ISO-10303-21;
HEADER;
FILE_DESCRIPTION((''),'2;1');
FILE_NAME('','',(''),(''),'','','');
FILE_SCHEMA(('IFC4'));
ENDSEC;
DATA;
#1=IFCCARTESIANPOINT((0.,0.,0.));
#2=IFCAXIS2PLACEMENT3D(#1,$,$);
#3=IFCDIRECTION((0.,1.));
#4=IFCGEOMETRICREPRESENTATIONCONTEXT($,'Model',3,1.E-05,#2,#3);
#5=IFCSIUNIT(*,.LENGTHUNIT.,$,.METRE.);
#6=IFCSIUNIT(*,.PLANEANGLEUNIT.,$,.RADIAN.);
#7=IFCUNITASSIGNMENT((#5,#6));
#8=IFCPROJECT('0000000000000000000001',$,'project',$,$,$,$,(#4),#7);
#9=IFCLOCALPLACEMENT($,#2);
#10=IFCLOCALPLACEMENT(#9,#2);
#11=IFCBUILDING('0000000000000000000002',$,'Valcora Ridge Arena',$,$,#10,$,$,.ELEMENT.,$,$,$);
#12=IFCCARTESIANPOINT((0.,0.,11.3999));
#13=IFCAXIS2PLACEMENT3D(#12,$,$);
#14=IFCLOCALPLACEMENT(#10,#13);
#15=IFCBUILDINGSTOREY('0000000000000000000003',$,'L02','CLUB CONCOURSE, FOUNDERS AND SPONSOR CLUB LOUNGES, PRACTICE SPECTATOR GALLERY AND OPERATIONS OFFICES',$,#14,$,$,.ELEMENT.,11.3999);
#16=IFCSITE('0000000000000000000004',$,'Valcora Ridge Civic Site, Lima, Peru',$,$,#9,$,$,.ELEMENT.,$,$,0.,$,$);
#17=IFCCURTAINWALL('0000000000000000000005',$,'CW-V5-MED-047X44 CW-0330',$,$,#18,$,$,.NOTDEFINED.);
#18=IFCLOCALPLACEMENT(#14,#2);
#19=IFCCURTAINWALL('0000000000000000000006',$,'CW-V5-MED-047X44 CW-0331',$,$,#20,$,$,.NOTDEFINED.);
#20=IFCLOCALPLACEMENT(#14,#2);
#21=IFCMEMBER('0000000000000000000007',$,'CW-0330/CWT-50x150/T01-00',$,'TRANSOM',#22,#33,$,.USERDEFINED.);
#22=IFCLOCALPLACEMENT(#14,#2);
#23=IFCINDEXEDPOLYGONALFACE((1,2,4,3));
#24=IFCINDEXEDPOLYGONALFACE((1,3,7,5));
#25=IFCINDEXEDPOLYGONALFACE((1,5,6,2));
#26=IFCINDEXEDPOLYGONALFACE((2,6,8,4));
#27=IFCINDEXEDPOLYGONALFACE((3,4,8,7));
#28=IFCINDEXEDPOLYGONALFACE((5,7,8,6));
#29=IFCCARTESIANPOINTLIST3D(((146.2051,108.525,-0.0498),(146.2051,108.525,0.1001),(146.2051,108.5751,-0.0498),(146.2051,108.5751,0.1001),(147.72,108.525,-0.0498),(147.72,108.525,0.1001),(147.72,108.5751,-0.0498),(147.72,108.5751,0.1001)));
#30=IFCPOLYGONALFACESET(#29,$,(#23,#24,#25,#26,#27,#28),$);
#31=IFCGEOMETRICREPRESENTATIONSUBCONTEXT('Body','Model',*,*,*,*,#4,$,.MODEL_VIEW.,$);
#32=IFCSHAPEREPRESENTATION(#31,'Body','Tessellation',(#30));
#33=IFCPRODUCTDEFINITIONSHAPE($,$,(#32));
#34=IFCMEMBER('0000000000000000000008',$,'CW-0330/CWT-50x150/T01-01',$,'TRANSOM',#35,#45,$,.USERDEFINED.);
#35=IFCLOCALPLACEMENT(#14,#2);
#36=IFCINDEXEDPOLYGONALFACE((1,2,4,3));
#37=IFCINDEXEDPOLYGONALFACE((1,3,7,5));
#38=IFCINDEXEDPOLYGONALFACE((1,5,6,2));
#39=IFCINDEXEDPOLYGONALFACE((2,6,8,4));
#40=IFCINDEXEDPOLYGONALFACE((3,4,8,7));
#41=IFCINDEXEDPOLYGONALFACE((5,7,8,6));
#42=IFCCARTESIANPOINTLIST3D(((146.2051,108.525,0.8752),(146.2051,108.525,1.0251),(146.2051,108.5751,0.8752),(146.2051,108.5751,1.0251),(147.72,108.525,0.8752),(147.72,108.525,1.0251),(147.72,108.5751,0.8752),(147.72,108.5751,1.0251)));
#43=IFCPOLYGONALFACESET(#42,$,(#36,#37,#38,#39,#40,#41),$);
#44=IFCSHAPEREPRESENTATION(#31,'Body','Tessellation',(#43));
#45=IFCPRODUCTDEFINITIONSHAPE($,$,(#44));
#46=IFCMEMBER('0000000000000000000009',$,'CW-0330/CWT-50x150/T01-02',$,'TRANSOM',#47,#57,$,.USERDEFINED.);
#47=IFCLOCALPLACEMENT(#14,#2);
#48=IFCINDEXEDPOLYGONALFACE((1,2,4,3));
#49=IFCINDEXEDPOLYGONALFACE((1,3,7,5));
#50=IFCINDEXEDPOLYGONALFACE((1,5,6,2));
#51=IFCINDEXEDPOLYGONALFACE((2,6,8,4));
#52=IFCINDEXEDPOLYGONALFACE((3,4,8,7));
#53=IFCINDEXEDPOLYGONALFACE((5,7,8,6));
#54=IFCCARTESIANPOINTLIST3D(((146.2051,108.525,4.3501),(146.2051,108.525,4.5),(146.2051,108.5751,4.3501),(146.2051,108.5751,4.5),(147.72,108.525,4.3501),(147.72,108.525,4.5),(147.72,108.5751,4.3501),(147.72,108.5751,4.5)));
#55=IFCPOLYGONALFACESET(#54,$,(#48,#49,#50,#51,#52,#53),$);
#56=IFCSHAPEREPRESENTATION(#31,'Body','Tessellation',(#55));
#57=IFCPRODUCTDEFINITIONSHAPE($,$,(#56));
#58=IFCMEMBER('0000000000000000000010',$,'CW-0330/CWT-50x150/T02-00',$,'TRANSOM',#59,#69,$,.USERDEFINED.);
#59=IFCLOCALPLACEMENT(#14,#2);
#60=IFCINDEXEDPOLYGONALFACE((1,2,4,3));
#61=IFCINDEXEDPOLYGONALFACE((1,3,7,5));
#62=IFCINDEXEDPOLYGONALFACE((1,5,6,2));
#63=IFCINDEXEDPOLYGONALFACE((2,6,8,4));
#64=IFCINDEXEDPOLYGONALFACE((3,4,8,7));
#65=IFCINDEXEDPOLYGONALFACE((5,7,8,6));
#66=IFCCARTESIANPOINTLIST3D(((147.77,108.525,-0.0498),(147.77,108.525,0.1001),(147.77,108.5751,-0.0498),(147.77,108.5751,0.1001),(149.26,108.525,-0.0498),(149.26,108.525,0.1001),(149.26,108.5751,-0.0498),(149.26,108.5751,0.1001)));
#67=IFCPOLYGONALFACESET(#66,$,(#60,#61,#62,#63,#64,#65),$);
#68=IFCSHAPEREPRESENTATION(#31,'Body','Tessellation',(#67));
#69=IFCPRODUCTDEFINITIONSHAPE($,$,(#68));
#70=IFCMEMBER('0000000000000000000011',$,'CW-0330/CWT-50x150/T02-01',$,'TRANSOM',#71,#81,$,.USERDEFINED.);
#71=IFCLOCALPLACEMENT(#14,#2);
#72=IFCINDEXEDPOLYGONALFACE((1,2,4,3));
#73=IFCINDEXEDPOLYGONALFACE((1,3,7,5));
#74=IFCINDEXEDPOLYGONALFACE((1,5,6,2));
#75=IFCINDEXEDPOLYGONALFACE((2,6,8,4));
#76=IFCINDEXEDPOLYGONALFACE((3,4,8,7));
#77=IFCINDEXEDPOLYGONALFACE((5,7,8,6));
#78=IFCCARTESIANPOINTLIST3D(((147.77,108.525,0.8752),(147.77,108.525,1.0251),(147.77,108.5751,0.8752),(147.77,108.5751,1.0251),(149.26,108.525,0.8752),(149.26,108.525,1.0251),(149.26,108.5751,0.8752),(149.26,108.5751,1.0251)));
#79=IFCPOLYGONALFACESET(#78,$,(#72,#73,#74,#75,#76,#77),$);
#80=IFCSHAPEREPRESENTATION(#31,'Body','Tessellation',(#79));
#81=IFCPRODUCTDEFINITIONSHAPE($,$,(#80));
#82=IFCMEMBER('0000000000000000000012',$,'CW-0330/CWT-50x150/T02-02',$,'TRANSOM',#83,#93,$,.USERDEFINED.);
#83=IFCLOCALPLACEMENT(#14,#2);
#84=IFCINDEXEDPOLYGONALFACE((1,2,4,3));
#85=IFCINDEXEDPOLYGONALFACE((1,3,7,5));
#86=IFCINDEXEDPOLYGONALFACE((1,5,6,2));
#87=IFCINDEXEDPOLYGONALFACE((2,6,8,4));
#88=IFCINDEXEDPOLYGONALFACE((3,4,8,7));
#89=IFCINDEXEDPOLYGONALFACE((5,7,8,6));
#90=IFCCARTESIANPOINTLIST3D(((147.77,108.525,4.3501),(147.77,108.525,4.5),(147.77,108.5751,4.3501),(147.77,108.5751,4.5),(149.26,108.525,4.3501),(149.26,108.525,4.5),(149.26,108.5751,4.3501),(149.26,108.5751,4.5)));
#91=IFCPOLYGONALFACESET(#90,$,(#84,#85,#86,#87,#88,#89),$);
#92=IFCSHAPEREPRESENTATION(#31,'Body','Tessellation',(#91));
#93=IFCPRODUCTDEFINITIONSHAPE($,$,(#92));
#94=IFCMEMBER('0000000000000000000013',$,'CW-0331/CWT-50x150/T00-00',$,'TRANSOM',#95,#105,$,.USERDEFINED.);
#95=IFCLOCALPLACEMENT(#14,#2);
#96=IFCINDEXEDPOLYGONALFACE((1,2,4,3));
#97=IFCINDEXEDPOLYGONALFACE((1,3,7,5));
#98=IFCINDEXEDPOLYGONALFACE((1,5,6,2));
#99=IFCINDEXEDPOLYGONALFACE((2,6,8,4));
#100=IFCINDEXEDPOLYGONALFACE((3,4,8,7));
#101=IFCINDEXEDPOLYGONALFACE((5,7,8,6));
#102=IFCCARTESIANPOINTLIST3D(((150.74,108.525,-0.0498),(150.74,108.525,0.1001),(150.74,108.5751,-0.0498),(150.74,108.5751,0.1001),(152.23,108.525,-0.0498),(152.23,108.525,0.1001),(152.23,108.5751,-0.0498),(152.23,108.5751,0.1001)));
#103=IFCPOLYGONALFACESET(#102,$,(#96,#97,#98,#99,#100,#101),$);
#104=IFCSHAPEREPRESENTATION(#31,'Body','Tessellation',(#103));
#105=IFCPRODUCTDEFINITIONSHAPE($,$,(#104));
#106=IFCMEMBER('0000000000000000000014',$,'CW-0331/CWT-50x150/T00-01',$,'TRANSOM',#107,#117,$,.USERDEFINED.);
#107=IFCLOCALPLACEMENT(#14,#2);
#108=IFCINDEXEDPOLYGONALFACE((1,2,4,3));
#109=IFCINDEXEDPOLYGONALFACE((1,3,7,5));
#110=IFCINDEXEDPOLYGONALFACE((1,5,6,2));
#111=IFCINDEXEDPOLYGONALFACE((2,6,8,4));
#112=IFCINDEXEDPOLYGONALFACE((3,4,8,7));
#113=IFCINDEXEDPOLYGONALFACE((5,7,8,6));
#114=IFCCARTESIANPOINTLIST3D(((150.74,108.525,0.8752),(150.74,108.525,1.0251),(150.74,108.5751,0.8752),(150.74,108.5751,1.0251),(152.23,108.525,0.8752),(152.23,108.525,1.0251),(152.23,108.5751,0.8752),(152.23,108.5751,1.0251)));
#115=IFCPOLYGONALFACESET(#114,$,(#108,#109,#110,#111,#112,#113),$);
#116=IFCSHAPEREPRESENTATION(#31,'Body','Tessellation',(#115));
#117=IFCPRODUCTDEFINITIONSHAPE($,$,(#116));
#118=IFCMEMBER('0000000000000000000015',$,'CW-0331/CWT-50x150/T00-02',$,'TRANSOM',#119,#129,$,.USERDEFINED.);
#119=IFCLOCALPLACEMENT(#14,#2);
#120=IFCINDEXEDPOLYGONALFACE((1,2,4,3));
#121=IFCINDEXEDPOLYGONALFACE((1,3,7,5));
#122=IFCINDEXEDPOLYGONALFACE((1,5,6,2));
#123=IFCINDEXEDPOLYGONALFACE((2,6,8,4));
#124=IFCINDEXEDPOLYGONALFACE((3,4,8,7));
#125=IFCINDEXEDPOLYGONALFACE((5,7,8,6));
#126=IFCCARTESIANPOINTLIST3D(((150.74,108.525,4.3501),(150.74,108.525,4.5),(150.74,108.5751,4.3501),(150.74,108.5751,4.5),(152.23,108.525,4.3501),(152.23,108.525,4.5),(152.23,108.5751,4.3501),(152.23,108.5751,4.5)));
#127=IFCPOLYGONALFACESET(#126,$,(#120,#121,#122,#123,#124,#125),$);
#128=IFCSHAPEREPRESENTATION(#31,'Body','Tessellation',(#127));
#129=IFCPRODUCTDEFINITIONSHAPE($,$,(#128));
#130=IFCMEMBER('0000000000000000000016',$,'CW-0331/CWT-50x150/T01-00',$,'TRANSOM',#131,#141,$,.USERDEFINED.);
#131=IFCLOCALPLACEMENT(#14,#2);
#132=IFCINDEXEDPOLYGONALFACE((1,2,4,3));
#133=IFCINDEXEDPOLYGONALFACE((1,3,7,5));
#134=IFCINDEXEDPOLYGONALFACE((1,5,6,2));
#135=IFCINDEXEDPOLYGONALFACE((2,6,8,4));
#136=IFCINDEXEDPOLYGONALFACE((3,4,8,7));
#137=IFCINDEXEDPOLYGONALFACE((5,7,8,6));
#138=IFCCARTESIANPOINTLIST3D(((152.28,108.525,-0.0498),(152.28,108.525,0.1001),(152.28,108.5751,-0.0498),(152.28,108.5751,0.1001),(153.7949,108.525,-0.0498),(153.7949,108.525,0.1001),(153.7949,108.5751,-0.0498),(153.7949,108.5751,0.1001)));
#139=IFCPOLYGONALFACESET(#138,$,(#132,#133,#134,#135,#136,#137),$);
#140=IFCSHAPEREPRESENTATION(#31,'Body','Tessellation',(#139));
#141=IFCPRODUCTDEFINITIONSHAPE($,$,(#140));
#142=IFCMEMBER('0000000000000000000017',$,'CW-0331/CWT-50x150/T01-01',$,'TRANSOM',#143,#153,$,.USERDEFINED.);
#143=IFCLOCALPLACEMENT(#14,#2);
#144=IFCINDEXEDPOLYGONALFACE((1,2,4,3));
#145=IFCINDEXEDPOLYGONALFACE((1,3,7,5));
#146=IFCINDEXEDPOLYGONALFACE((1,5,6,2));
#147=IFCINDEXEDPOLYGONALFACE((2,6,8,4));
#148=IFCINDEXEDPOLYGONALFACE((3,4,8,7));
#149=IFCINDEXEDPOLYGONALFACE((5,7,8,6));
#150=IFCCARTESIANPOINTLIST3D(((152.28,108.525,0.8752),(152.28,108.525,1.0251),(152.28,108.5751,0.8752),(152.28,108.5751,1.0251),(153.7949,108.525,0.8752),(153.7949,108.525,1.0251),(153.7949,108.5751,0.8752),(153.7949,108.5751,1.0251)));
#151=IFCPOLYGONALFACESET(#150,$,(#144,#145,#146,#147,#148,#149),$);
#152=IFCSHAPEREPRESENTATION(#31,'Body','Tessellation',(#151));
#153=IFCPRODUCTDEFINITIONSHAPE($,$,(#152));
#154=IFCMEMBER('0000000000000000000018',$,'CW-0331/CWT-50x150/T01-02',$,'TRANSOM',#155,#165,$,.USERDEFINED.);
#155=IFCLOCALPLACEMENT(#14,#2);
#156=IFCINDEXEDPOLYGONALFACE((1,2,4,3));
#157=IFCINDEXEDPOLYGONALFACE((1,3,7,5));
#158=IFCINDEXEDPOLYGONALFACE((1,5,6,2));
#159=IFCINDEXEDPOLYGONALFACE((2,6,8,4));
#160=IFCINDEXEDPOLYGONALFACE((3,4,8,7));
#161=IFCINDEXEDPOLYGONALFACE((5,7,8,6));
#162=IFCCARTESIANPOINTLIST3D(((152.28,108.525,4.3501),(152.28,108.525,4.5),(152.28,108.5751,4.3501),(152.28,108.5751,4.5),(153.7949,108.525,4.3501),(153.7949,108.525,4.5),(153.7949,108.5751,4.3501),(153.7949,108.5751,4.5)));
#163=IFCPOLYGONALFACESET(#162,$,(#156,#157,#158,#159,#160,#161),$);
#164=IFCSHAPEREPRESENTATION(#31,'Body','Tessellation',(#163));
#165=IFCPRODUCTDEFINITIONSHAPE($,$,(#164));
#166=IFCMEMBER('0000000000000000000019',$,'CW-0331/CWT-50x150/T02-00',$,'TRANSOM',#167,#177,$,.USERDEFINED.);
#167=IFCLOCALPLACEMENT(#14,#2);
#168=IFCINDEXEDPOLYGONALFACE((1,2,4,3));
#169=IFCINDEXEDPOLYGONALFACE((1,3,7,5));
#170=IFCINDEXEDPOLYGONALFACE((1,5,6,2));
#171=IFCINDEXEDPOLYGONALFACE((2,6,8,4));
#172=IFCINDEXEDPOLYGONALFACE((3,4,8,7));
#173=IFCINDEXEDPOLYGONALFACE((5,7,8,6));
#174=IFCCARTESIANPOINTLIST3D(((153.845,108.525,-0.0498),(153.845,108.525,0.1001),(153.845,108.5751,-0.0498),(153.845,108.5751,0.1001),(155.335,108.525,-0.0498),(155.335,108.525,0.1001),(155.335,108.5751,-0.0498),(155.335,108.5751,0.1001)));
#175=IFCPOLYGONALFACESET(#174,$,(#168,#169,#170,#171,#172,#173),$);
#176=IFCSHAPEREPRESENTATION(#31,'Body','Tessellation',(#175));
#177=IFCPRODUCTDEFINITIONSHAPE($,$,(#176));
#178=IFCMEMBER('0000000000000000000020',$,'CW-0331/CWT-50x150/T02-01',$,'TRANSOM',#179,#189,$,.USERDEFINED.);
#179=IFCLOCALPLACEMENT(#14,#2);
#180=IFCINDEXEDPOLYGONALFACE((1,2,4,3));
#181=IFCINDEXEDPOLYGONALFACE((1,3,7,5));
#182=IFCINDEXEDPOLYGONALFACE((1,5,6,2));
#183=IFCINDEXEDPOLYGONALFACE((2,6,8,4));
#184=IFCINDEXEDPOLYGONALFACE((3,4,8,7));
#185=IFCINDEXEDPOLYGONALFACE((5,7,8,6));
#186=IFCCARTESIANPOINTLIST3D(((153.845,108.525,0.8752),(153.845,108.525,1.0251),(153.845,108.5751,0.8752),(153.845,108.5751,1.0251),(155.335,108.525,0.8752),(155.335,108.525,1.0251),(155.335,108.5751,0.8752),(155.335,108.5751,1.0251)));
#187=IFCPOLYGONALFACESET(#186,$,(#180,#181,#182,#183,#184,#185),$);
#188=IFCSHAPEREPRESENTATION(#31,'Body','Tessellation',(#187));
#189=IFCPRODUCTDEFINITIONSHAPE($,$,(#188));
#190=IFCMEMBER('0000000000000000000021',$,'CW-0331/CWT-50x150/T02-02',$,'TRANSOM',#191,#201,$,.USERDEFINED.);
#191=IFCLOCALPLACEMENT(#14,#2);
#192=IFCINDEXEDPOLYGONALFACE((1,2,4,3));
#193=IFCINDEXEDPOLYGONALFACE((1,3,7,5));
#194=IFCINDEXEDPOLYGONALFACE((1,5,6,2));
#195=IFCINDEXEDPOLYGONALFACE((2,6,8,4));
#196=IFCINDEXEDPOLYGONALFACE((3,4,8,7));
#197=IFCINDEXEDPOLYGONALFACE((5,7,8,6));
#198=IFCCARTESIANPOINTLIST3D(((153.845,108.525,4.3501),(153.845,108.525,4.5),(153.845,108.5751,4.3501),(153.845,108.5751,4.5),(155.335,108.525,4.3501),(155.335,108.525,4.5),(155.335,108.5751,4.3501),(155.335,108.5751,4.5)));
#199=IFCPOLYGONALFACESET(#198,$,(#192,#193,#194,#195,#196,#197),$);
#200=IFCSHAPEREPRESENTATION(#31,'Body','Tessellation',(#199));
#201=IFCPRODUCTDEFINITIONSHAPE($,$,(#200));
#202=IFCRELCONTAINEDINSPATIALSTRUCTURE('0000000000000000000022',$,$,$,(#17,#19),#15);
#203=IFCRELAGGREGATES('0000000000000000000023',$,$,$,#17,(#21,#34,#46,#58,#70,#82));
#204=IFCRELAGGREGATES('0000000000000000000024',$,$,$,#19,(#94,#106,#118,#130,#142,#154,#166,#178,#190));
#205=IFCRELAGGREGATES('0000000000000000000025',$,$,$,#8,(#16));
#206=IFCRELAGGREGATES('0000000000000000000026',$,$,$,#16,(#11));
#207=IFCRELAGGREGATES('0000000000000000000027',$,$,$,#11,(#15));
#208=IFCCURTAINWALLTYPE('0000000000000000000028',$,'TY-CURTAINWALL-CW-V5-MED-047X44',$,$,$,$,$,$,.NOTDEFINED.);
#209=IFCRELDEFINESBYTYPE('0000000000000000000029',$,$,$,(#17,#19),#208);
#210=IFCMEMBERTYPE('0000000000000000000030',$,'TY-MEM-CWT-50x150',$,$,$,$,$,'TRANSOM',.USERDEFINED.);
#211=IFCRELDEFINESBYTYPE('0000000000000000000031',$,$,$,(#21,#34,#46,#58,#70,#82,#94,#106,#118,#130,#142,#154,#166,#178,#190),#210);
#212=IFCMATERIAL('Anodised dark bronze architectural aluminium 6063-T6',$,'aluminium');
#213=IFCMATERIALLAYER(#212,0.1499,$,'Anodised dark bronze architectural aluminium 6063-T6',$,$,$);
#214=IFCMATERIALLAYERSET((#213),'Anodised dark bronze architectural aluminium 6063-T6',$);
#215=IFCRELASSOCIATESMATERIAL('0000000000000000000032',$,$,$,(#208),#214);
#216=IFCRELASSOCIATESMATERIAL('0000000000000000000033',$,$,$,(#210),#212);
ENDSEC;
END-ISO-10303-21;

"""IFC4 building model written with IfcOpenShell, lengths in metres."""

from ifc_helpers import new_model, si_unit, direction, frame, origin, origin_2d, place, context, subcontext, project, spatial, rectangle, extrude, material, layer, layer_set, material_profile, profile_set, type_object, element, aggregate, save


model = new_model("IFC4")

# Units and contexts
model_context = context("Model", 3, precision=1e-05, world=origin(), true_north=direction((0.0, 1.0)))
body_context = subcontext(model_context, "Body", "Model", "MODEL_VIEW")
ifc_project = project(units=[si_unit("LENGTHUNIT", "METRE"), si_unit("PLANEANGLEUNIT", "RADIAN")], contexts=[model_context])

# Site, building, storey
site_placement = place(None, origin())
site = spatial("IfcSite", under=ifc_project, at=site_placement, Name="Valcora Ridge Civic Site, Lima, Peru", CompositionType="ELEMENT", RefElevation=0.0)
building_placement = place(site_placement, origin())
building = spatial("IfcBuilding", under=site, at=building_placement, Name="Valcora Ridge Arena", CompositionType="ELEMENT")
storey_placement = place(building_placement, frame((0.0, 0.0, 11.3999)))
storey = spatial("IfcBuildingStorey", under=building, at=storey_placement, Name="L02", Description="CLUB CONCOURSE, FOUNDERS AND SPONSOR CLUB LOUNGES, PRACTICE SPECTATOR GALLERY AND OPERATIONS OFFICES", CompositionType="ELEMENT", Elevation=11.3999)

# Curtain walls
ifc_material_1 = material(Name="Anodised dark bronze architectural aluminium 6063-T6", Category="aluminium")
ifc_layer_1 = layer(ifc_material_1, 0.1499, Name="Anodised dark bronze architectural aluminium 6063-T6")
ifc_layer_set_1 = layer_set([ifc_layer_1], Name="Anodised dark bronze architectural aluminium 6063-T6")
curtain_wall_type = type_object("IfcCurtainWallType", Name="TY-CURTAINWALL-CW-V5-MED-047X44", PredefinedType="NOTDEFINED", material=ifc_layer_set_1)
curtain_wall_1_placement = place(storey_placement, origin())
curtain_wall_1 = element("IfcCurtainWall", 1, at=curtain_wall_1_placement, inside=storey, type_object=curtain_wall_type, Name="CW-V5-MED-047X44 CW-0330", PredefinedType="NOTDEFINED")
curtain_wall_2_placement = place(storey_placement, origin())
curtain_wall_2 = element("IfcCurtainWall", 2, at=curtain_wall_2_placement, inside=storey, type_object=curtain_wall_type, Name="CW-V5-MED-047X44 CW-0331", PredefinedType="NOTDEFINED")

# Members
ifc_material_profile_1 = material_profile(ifc_material_1, rectangle(XDim=0.05, YDim=0.1499, at=origin_2d()), Name="ALU TRANSOM 50x150")
ifc_profile_set_1 = profile_set([ifc_material_profile_1], Name="Anodised dark bronze architectural aluminium 6063-T6")
member_type_1 = type_object("IfcMemberType", Name="TY-MEM-CWT-50x150", ElementType="TRANSOM", PredefinedType="USERDEFINED", material=ifc_profile_set_1)
member_1_placement = place(storey_placement, frame((146.2051, 108.55, 0.0251), z_axis=(1.0, 0.0, 0.0), x_axis=(0.0, 1.0, 0.0)))
member_1 = element("IfcMember", 3, at=member_1_placement, type_object=member_type_1, Name="CW-0330/CWT-50x150/T01-00", ObjectType="TRANSOM", PredefinedType="USERDEFINED", context=body_context, shape_type="SweptSolid", body=[
    extrude(rectangle(XDim=0.05, YDim=0.1499, at=origin_2d()), origin(), (0.0, 0.0, 1.0), 1.5149),
])
member_2_placement = place(storey_placement, frame((146.2051, 108.55, 0.9502), z_axis=(1.0, 0.0, 0.0), x_axis=(0.0, 1.0, 0.0)))
member_2 = element("IfcMember", 4, at=member_2_placement, type_object=member_type_1, Name="CW-0330/CWT-50x150/T01-01", ObjectType="TRANSOM", PredefinedType="USERDEFINED", context=body_context, shape_type="SweptSolid", body=[
    extrude(rectangle(XDim=0.05, YDim=0.1499, at=origin_2d()), origin(), (0.0, 0.0, 1.0), 1.5149),
])
member_3_placement = place(storey_placement, frame((146.2051, 108.55, 4.425), z_axis=(1.0, 0.0, 0.0), x_axis=(0.0, 1.0, 0.0)))
member_3 = element("IfcMember", 5, at=member_3_placement, type_object=member_type_1, Name="CW-0330/CWT-50x150/T01-02", ObjectType="TRANSOM", PredefinedType="USERDEFINED", context=body_context, shape_type="SweptSolid", body=[
    extrude(rectangle(XDim=0.05, YDim=0.1499, at=origin_2d()), origin(), (0.0, 0.0, 1.0), 1.5149),
])
member_4_placement = place(storey_placement, frame((147.77, 108.55, 0.0251), z_axis=(1.0, 0.0, 0.0), x_axis=(0.0, 1.0, 0.0)))
member_4 = element("IfcMember", 6, at=member_4_placement, type_object=member_type_1, Name="CW-0330/CWT-50x150/T02-00", ObjectType="TRANSOM", PredefinedType="USERDEFINED", context=body_context, shape_type="SweptSolid", body=[
    extrude(rectangle(XDim=0.05, YDim=0.1499, at=origin_2d()), origin(), (0.0, 0.0, 1.0), 1.49),
])
member_5_placement = place(storey_placement, frame((147.77, 108.55, 0.9502), z_axis=(1.0, 0.0, 0.0), x_axis=(0.0, 1.0, 0.0)))
member_5 = element("IfcMember", 7, at=member_5_placement, type_object=member_type_1, Name="CW-0330/CWT-50x150/T02-01", ObjectType="TRANSOM", PredefinedType="USERDEFINED", context=body_context, shape_type="SweptSolid", body=[
    extrude(rectangle(XDim=0.05, YDim=0.1499, at=origin_2d()), origin(), (0.0, 0.0, 1.0), 1.49),
])
member_6_placement = place(storey_placement, frame((147.77, 108.55, 4.425), z_axis=(1.0, 0.0, 0.0), x_axis=(0.0, 1.0, 0.0)))
member_6 = element("IfcMember", 8, at=member_6_placement, type_object=member_type_1, Name="CW-0330/CWT-50x150/T02-02", ObjectType="TRANSOM", PredefinedType="USERDEFINED", context=body_context, shape_type="SweptSolid", body=[
    extrude(rectangle(XDim=0.05, YDim=0.1499, at=origin_2d()), origin(), (0.0, 0.0, 1.0), 1.49),
])
member_7_placement = place(storey_placement, frame((150.74, 108.55, 0.0251), z_axis=(1.0, 0.0, 0.0), x_axis=(0.0, 1.0, 0.0)))
member_7 = element("IfcMember", 9, at=member_7_placement, type_object=member_type_1, Name="CW-0331/CWT-50x150/T00-00", ObjectType="TRANSOM", PredefinedType="USERDEFINED", context=body_context, shape_type="SweptSolid", body=[
    extrude(rectangle(XDim=0.05, YDim=0.1499, at=origin_2d()), origin(), (0.0, 0.0, 1.0), 1.49),
])
member_8_placement = place(storey_placement, frame((150.74, 108.55, 0.9502), z_axis=(1.0, 0.0, 0.0), x_axis=(0.0, 1.0, 0.0)))
member_8 = element("IfcMember", 10, at=member_8_placement, type_object=member_type_1, Name="CW-0331/CWT-50x150/T00-01", ObjectType="TRANSOM", PredefinedType="USERDEFINED", context=body_context, shape_type="SweptSolid", body=[
    extrude(rectangle(XDim=0.05, YDim=0.1499, at=origin_2d()), origin(), (0.0, 0.0, 1.0), 1.49),
])
member_9_placement = place(storey_placement, frame((150.74, 108.55, 4.425), z_axis=(1.0, 0.0, 0.0), x_axis=(0.0, 1.0, 0.0)))
member_9 = element("IfcMember", 11, at=member_9_placement, type_object=member_type_1, Name="CW-0331/CWT-50x150/T00-02", ObjectType="TRANSOM", PredefinedType="USERDEFINED", context=body_context, shape_type="SweptSolid", body=[
    extrude(rectangle(XDim=0.05, YDim=0.1499, at=origin_2d()), origin(), (0.0, 0.0, 1.0), 1.49),
])
member_10_placement = place(storey_placement, frame((152.28, 108.55, 0.0251), z_axis=(1.0, 0.0, 0.0), x_axis=(0.0, 1.0, 0.0)))
member_10 = element("IfcMember", 12, at=member_10_placement, type_object=member_type_1, Name="CW-0331/CWT-50x150/T01-00", ObjectType="TRANSOM", PredefinedType="USERDEFINED", context=body_context, shape_type="SweptSolid", body=[
    extrude(rectangle(XDim=0.05, YDim=0.1499, at=origin_2d()), origin(), (0.0, 0.0, 1.0), 1.5149),
])
member_11_placement = place(storey_placement, frame((152.28, 108.55, 0.9502), z_axis=(1.0, 0.0, 0.0), x_axis=(0.0, 1.0, 0.0)))
member_11 = element("IfcMember", 13, at=member_11_placement, type_object=member_type_1, Name="CW-0331/CWT-50x150/T01-01", ObjectType="TRANSOM", PredefinedType="USERDEFINED", context=body_context, shape_type="SweptSolid", body=[
    extrude(rectangle(XDim=0.05, YDim=0.1499, at=origin_2d()), origin(), (0.0, 0.0, 1.0), 1.5149),
])
member_12_placement = place(storey_placement, frame((152.28, 108.55, 4.425), z_axis=(1.0, 0.0, 0.0), x_axis=(0.0, 1.0, 0.0)))
member_12 = element("IfcMember", 14, at=member_12_placement, type_object=member_type_1, Name="CW-0331/CWT-50x150/T01-02", ObjectType="TRANSOM", PredefinedType="USERDEFINED", context=body_context, shape_type="SweptSolid", body=[
    extrude(rectangle(XDim=0.05, YDim=0.1499, at=origin_2d()), origin(), (0.0, 0.0, 1.0), 1.5149),
])
member_13_placement = place(storey_placement, frame((153.845, 108.55, 0.0251), z_axis=(1.0, 0.0, 0.0), x_axis=(0.0, 1.0, 0.0)))
member_13 = element("IfcMember", 15, at=member_13_placement, type_object=member_type_1, Name="CW-0331/CWT-50x150/T02-00", ObjectType="TRANSOM", PredefinedType="USERDEFINED", context=body_context, shape_type="SweptSolid", body=[
    extrude(rectangle(XDim=0.05, YDim=0.1499, at=origin_2d()), origin(), (0.0, 0.0, 1.0), 1.49),
])
member_14_placement = place(storey_placement, frame((153.845, 108.55, 0.9502), z_axis=(1.0, 0.0, 0.0), x_axis=(0.0, 1.0, 0.0)))
member_14 = element("IfcMember", 16, at=member_14_placement, type_object=member_type_1, Name="CW-0331/CWT-50x150/T02-01", ObjectType="TRANSOM", PredefinedType="USERDEFINED", context=body_context, shape_type="SweptSolid", body=[
    extrude(rectangle(XDim=0.05, YDim=0.1499, at=origin_2d()), origin(), (0.0, 0.0, 1.0), 1.49),
])
member_15_placement = place(storey_placement, frame((153.845, 108.55, 4.425), z_axis=(1.0, 0.0, 0.0), x_axis=(0.0, 1.0, 0.0)))
member_15 = element("IfcMember", 17, at=member_15_placement, type_object=member_type_1, Name="CW-0331/CWT-50x150/T02-02", ObjectType="TRANSOM", PredefinedType="USERDEFINED", context=body_context, shape_type="SweptSolid", body=[
    extrude(rectangle(XDim=0.05, YDim=0.1499, at=origin_2d()), origin(), (0.0, 0.0, 1.0), 1.49),
])

aggregate(curtain_wall_1, [member_1, member_2, member_3, member_4, member_5, member_6])
aggregate(curtain_wall_2, [member_7, member_8, member_9, member_10, member_11, member_12, member_13, member_14, member_15])

save(model, "model.ifc")
